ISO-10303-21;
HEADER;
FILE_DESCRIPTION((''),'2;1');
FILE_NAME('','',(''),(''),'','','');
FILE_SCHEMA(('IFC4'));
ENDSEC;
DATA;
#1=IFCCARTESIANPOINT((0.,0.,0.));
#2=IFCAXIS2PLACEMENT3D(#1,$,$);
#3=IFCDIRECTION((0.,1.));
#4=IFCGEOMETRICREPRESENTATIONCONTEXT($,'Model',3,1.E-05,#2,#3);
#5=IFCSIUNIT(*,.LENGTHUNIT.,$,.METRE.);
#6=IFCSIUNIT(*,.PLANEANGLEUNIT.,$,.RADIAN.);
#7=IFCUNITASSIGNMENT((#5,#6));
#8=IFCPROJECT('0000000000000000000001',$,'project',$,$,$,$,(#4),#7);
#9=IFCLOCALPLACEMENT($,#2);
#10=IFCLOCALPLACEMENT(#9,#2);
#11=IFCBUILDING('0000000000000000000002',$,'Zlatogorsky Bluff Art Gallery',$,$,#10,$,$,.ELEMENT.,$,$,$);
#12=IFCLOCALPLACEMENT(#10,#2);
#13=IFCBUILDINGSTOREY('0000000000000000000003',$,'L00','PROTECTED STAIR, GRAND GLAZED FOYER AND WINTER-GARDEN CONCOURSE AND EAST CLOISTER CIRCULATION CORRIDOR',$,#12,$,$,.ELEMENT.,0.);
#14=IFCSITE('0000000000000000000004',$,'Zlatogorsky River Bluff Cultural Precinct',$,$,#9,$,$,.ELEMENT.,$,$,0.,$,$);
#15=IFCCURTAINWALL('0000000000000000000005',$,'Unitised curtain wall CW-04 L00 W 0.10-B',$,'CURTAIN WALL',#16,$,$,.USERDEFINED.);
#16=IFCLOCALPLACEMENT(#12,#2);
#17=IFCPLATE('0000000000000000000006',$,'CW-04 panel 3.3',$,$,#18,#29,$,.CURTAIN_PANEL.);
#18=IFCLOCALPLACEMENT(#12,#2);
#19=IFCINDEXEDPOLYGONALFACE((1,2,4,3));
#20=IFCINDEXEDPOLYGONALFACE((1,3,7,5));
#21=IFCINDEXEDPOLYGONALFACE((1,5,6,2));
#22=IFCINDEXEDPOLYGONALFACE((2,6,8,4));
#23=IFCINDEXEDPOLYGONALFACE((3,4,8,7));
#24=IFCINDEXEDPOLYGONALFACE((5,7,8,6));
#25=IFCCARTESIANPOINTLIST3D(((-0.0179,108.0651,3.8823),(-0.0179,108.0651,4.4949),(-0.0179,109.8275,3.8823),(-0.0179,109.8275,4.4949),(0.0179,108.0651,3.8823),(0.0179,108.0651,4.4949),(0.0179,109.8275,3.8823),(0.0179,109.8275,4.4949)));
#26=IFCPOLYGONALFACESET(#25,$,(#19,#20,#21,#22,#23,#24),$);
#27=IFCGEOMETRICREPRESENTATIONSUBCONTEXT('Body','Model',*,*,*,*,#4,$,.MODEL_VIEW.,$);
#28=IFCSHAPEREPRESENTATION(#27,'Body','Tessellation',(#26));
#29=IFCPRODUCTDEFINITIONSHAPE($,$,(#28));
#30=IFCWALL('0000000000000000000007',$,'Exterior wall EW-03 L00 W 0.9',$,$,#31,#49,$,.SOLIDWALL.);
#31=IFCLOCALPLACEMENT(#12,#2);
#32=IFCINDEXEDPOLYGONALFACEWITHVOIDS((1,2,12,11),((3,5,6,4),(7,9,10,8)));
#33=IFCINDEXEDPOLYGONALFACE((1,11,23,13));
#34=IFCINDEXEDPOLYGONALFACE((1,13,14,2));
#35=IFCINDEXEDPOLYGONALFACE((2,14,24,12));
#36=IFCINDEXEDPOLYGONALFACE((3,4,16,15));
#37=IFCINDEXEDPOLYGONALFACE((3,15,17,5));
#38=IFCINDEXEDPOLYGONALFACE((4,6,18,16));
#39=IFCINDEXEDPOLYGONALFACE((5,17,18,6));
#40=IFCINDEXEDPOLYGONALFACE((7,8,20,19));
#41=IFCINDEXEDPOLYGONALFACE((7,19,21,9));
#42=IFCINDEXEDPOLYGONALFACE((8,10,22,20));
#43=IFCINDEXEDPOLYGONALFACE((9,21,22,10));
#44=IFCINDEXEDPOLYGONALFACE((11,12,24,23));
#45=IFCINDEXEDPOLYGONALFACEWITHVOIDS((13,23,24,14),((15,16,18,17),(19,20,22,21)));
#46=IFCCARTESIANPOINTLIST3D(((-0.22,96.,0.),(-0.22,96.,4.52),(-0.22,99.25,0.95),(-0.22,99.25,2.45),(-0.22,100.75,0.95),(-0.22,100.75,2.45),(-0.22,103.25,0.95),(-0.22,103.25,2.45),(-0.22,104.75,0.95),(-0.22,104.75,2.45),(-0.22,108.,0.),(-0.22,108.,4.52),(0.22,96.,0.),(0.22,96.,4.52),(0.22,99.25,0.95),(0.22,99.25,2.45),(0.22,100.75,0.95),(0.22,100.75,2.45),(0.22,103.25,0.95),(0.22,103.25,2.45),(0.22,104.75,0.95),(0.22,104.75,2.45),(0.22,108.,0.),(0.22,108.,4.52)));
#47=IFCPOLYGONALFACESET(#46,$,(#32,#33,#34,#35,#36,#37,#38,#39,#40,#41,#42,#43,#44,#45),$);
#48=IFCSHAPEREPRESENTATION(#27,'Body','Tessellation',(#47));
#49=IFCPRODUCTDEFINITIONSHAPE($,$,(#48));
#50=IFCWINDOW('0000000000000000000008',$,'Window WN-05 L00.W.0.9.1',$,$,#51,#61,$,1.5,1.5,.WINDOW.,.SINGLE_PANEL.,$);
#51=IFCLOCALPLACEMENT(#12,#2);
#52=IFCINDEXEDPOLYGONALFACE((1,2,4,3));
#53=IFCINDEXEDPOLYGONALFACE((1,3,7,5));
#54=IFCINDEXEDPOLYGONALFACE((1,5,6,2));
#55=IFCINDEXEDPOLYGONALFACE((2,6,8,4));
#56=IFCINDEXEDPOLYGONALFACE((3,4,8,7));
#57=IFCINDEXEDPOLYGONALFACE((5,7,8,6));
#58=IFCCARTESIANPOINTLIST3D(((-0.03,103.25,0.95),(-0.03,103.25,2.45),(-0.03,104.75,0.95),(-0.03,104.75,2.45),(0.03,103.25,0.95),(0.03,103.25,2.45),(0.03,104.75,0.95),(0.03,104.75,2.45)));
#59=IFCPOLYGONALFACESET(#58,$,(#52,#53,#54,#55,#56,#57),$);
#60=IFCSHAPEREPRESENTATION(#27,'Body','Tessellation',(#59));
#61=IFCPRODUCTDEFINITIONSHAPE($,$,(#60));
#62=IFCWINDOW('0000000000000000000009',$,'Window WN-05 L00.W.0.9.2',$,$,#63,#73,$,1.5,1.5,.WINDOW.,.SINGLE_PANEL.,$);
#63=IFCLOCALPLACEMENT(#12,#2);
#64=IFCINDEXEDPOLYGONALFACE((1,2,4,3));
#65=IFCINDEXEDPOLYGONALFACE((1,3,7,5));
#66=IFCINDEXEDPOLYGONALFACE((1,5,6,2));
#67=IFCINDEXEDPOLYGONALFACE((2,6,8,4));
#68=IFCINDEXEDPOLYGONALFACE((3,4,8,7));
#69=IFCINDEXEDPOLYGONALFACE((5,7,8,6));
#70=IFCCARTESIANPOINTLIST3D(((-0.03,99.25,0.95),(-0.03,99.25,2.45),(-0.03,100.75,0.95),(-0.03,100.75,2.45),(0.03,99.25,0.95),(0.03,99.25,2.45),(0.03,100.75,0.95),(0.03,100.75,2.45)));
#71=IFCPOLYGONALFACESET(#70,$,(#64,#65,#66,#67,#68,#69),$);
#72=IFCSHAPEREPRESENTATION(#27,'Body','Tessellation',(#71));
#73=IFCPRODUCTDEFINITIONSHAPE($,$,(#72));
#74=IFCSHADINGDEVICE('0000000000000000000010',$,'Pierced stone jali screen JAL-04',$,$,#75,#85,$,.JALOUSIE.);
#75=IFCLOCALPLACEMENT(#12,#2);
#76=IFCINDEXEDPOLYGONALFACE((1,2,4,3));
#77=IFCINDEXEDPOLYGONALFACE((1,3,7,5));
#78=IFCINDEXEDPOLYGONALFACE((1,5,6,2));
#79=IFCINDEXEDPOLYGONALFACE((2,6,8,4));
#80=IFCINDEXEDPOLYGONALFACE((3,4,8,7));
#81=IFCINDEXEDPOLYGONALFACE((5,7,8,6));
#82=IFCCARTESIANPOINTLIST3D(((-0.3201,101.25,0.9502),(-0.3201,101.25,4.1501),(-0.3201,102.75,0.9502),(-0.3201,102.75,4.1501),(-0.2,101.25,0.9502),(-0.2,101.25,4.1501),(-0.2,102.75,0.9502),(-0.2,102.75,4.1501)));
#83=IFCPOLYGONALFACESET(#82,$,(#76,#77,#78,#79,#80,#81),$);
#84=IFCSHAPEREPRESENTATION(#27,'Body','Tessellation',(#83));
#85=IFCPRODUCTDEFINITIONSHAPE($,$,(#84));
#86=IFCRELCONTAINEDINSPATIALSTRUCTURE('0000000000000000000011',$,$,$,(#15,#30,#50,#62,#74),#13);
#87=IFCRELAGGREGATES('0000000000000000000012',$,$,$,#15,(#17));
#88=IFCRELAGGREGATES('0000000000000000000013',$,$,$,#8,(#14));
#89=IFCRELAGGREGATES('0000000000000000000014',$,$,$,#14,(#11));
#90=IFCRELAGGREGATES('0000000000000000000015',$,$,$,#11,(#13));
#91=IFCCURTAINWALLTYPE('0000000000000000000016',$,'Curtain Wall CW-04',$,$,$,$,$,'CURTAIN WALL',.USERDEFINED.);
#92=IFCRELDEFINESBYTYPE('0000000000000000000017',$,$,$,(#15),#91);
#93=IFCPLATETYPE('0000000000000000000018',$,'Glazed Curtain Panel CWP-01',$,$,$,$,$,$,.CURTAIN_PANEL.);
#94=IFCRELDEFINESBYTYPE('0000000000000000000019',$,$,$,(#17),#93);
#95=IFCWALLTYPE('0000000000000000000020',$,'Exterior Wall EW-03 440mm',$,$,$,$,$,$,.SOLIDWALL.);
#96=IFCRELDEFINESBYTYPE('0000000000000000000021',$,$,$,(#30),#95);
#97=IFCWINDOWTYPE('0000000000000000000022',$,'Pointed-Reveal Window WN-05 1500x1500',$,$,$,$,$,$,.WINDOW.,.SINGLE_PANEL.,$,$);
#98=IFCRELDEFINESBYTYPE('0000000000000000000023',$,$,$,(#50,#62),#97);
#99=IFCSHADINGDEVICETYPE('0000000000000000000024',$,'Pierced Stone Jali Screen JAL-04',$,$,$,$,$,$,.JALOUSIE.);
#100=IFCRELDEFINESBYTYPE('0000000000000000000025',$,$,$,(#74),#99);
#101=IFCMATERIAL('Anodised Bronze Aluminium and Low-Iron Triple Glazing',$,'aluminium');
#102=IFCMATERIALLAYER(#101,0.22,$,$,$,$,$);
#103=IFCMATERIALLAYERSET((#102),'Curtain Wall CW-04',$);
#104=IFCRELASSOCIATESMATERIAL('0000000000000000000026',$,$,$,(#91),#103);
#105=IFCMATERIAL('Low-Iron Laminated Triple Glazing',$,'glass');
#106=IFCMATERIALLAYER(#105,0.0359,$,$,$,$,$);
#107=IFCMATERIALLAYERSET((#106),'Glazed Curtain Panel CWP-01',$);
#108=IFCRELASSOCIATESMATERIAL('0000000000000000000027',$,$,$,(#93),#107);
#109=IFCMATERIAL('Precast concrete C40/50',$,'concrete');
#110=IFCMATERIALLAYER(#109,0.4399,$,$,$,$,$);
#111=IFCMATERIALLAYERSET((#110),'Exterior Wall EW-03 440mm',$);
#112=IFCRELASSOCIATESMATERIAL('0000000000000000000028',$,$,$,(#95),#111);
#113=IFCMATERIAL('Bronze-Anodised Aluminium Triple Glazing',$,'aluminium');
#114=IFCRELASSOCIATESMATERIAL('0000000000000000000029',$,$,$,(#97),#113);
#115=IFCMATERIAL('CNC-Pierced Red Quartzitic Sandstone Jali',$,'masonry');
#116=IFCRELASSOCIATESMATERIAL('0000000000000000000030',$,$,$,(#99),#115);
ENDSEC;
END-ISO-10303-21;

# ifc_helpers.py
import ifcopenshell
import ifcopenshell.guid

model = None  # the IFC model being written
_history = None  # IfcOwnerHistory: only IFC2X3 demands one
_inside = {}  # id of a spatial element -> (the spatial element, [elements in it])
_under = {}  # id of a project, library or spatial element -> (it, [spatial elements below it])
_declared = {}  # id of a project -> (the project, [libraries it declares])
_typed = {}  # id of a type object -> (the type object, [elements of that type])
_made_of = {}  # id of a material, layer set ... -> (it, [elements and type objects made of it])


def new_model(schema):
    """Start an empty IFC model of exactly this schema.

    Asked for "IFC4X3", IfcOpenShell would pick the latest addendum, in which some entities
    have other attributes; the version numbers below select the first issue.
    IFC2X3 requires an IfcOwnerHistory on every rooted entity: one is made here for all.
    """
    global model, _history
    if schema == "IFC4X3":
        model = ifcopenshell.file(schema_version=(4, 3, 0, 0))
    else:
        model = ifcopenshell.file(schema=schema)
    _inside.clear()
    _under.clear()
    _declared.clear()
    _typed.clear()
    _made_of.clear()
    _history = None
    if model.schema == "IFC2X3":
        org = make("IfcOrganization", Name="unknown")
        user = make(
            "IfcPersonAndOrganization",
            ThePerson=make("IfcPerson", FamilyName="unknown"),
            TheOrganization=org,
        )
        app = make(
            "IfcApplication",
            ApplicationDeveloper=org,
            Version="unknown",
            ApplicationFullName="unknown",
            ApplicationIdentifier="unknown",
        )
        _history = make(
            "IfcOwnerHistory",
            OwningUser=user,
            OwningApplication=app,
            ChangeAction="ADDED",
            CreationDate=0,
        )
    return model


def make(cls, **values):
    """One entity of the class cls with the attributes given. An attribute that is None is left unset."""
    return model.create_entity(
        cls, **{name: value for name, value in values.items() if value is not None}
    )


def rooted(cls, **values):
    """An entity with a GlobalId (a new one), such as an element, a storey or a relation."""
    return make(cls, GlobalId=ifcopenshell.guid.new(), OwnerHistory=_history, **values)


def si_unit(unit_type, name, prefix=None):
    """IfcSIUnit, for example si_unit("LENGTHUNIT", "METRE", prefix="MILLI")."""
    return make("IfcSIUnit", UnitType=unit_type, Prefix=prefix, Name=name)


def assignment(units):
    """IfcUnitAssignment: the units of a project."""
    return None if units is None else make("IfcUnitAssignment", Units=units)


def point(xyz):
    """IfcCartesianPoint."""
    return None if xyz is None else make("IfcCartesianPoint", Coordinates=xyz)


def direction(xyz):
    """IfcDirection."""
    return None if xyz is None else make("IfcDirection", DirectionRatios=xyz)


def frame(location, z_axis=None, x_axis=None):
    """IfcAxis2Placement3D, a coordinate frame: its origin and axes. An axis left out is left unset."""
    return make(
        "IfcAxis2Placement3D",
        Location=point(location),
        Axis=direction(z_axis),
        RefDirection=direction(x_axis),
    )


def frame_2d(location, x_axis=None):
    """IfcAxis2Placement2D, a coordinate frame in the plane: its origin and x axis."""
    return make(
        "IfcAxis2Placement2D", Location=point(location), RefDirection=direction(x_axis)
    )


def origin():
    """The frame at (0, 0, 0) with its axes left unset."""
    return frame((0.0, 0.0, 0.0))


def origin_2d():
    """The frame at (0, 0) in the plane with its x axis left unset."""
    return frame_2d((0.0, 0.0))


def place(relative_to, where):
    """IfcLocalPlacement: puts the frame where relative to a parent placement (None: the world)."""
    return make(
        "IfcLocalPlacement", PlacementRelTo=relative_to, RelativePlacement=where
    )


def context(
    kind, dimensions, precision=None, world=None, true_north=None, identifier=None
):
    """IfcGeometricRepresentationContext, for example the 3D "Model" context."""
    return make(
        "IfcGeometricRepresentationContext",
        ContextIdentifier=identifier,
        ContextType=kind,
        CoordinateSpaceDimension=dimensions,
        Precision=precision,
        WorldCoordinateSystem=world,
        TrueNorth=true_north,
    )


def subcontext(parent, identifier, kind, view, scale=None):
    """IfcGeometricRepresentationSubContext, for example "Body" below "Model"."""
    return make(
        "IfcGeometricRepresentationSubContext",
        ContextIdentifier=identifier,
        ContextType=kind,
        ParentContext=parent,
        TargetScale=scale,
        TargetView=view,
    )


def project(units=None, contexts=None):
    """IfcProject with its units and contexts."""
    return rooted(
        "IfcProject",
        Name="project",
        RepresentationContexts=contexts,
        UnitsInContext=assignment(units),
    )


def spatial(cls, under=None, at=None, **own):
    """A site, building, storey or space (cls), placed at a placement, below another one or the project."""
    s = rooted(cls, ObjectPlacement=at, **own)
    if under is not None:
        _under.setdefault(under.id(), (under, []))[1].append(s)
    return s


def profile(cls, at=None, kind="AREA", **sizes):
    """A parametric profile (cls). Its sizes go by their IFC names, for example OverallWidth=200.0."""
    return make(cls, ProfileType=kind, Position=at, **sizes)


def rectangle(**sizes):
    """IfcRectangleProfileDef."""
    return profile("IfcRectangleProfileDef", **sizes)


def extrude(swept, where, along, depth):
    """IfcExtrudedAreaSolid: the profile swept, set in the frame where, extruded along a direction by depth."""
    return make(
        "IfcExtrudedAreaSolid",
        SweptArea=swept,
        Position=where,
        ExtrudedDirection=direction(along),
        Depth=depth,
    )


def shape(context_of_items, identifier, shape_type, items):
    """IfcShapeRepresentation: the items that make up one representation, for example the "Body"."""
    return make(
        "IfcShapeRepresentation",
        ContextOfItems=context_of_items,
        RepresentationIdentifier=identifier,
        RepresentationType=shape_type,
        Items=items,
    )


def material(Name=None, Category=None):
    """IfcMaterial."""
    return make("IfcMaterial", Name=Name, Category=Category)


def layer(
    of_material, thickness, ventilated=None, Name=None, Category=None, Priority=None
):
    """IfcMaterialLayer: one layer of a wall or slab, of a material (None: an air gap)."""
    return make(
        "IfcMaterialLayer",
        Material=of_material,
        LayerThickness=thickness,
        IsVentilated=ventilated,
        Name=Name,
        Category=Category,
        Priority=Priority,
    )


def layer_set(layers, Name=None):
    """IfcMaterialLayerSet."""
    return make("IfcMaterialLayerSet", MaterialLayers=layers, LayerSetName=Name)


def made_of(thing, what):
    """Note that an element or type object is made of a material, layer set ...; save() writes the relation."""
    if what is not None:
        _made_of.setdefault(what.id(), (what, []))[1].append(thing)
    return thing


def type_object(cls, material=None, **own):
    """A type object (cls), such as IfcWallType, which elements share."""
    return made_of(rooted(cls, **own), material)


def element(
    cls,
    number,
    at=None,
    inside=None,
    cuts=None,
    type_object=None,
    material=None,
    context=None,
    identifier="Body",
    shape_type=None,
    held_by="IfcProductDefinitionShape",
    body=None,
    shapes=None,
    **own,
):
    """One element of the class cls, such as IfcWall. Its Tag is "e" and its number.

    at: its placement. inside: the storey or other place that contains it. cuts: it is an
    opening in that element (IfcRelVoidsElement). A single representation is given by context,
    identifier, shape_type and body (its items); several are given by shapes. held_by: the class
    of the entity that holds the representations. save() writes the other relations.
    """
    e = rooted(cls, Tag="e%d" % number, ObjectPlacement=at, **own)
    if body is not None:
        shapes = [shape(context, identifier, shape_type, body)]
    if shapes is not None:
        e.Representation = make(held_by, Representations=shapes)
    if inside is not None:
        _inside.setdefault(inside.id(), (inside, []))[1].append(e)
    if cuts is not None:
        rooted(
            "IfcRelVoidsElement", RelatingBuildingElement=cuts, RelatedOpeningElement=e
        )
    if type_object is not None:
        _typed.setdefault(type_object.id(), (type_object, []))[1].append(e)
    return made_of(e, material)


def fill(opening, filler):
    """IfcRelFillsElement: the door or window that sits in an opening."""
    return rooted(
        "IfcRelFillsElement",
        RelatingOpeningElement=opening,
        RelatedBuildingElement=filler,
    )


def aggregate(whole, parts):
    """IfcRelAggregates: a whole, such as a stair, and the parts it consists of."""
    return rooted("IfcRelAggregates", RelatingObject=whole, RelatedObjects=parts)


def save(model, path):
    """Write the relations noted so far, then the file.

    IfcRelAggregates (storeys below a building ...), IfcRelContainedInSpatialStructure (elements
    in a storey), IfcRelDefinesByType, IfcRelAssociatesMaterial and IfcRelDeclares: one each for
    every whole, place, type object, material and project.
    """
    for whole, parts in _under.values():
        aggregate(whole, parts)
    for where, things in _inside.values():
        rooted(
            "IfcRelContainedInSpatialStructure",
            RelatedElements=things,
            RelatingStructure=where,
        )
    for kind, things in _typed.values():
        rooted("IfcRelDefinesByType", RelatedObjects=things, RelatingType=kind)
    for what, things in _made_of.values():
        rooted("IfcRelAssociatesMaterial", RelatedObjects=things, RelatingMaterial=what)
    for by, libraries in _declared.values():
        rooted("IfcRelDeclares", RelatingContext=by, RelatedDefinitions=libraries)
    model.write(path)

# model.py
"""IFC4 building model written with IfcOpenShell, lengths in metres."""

from ifc_helpers import new_model, si_unit, direction, frame, frame_2d, origin, origin_2d, place, context, subcontext, project, spatial, rectangle, extrude, material, layer, layer_set, type_object, element, fill, aggregate, save


model = new_model("IFC4")

# Units and contexts
model_context = context("Model", 3, precision=1e-05, world=origin(), true_north=direction((0.0, 1.0)))
body_context = subcontext(model_context, "Body", "Model", "MODEL_VIEW")
ifc_project = project(units=[si_unit("LENGTHUNIT", "METRE"), si_unit("PLANEANGLEUNIT", "RADIAN")], contexts=[model_context])

# Site, building, storey
site_placement = place(None, origin())
site = spatial("IfcSite", under=ifc_project, at=site_placement, Name="Zlatogorsky River Bluff Cultural Precinct", CompositionType="ELEMENT", RefElevation=0.0)
building_placement = place(site_placement, origin())
building = spatial("IfcBuilding", under=site, at=building_placement, Name="Zlatogorsky Bluff Art Gallery", CompositionType="ELEMENT")
storey_placement = place(building_placement, origin())
storey = spatial("IfcBuildingStorey", under=building, at=storey_placement, Name="L00", Description="PROTECTED STAIR, GRAND GLAZED FOYER AND WINTER-GARDEN CONCOURSE AND EAST CLOISTER CIRCULATION CORRIDOR", CompositionType="ELEMENT", Elevation=0.0)

# Curtain wall
ifc_material_1 = material(Name="Anodised Bronze Aluminium and Low-Iron Triple Glazing", Category="aluminium")
ifc_layer_1 = layer(ifc_material_1, 0.22)
ifc_layer_set_1 = layer_set([ifc_layer_1], Name="Curtain Wall CW-04")
curtain_wall_type = type_object("IfcCurtainWallType", Name="Curtain Wall CW-04", ElementType="CURTAIN WALL", PredefinedType="USERDEFINED", material=ifc_layer_set_1)
curtain_wall_1_placement = place(storey_placement, origin())
curtain_wall_1 = element("IfcCurtainWall", 1, at=curtain_wall_1_placement, inside=storey, type_object=curtain_wall_type, Name="Unitised curtain wall CW-04 L00 W 0.10-B", ObjectType="CURTAIN WALL", PredefinedType="USERDEFINED")

# Plate
ifc_material_2 = material(Name="Low-Iron Laminated Triple Glazing", Category="glass")
ifc_layer_2 = layer(ifc_material_2, 0.0359)
ifc_layer_set_2 = layer_set([ifc_layer_2], Name="Glazed Curtain Panel CWP-01")
plate_type = type_object("IfcPlateType", Name="Glazed Curtain Panel CWP-01", PredefinedType="CURTAIN_PANEL", material=ifc_layer_set_2)
plate_1_placement = place(storey_placement, frame((0.0, 108.9463, 3.8823), z_axis=(0.0, 0.0, 1.0), x_axis=(0.0, -1.0, 0.0)))
plate_1 = element("IfcPlate", 2, at=plate_1_placement, type_object=plate_type, Name="CW-04 panel 3.3", PredefinedType="CURTAIN_PANEL", context=body_context, shape_type="SweptSolid", body=[
    extrude(rectangle(XDim=1.7625, YDim=0.0359, at=origin_2d()), origin(), (0.0, 0.0, 1.0), 0.6125),
])
aggregate(curtain_wall_1, [plate_1])

# Wall, openings, windows
ifc_material_3 = material(Name="Precast concrete C40/50", Category="concrete")
ifc_layer_3 = layer(ifc_material_3, 0.4399)
ifc_layer_set_3 = layer_set([ifc_layer_3], Name="Exterior Wall EW-03 440mm")
wall_type = type_object("IfcWallType", Name="Exterior Wall EW-03 440mm", PredefinedType="SOLIDWALL", material=ifc_layer_set_3)
wall_placement = place(storey_placement, frame((0.0, 108.0, 0.0), z_axis=(0.0, 0.0, 1.0), x_axis=(0.0, -1.0, 0.0)))
wall = element("IfcWall", 3, at=wall_placement, inside=storey, type_object=wall_type, Name="Exterior wall EW-03 L00 W 0.9", PredefinedType="SOLIDWALL", context=body_context, shape_type="SweptSolid", body=[
    extrude(rectangle(XDim=12.0, YDim=0.4399, at=frame_2d((6.0, 0.0))), origin(), (0.0, 0.0, 1.0), 4.52),
])
opening_1_placement = place(wall_placement, frame((3.25, 0.0, 0.95)))
opening_1 = element("IfcOpeningElement", 4, at=opening_1_placement, cuts=wall, PredefinedType="OPENING", context=body_context, shape_type="SweptSolid", body=[
    extrude(rectangle(XDim=1.5, YDim=1.5, at=frame_2d((0.75, 0.75))), frame((0.0, 0.23, 0.0), z_axis=(0.0, -1.0, 0.0), x_axis=(1.0, 0.0, 0.0)), (0.0, 0.0, 1.0), 0.46),
])
opening_2_placement = place(wall_placement, frame((7.25, 0.0, 0.95)))
opening_2 = element("IfcOpeningElement", 5, at=opening_2_placement, cuts=wall, PredefinedType="OPENING", context=body_context, shape_type="SweptSolid", body=[
    extrude(rectangle(XDim=1.5, YDim=1.5, at=frame_2d((0.75, 0.75))), frame((0.0, 0.23, 0.0), z_axis=(0.0, -1.0, 0.0), x_axis=(1.0, 0.0, 0.0)), (0.0, 0.0, 1.0), 0.46),
])
ifc_material_4 = material(Name="Bronze-Anodised Aluminium Triple Glazing", Category="aluminium")
window_type = type_object("IfcWindowType", Name="Pointed-Reveal Window WN-05 1500x1500", PartitioningType="SINGLE_PANEL", PredefinedType="WINDOW", material=ifc_material_4)
window_1_placement = place(opening_1_placement, origin())
window_1 = element("IfcWindow", 6, at=window_1_placement, inside=storey, type_object=window_type, Name="Window WN-05 L00.W.0.9.1", OverallHeight=1.5, OverallWidth=1.5, PartitioningType="SINGLE_PANEL", PredefinedType="WINDOW", context=body_context, shape_type="SweptSolid", body=[
    extrude(rectangle(XDim=1.5, YDim=1.5, at=frame_2d((0.75, 0.75))), frame((0.0, 0.03, 0.0), z_axis=(0.0, -1.0, 0.0), x_axis=(1.0, 0.0, 0.0)), (0.0, 0.0, 1.0), 0.0601),
])
fill(opening_1, window_1)
window_2_placement = place(opening_2_placement, origin())
window_2 = element("IfcWindow", 7, at=window_2_placement, inside=storey, type_object=window_type, Name="Window WN-05 L00.W.0.9.2", OverallHeight=1.5, OverallWidth=1.5, PartitioningType="SINGLE_PANEL", PredefinedType="WINDOW", context=body_context, shape_type="SweptSolid", body=[
    extrude(rectangle(XDim=1.5, YDim=1.5, at=frame_2d((0.75, 0.75))), frame((0.0, 0.03, 0.0), z_axis=(0.0, -1.0, 0.0), x_axis=(1.0, 0.0, 0.0)), (0.0, 0.0, 1.0), 0.0601),
])
fill(opening_2, window_2)

# Shading device
ifc_material_5 = material(Name="CNC-Pierced Red Quartzitic Sandstone Jali", Category="masonry")
shading_device_type = type_object("IfcShadingDeviceType", Name="Pierced Stone Jali Screen JAL-04", PredefinedType="JALOUSIE", material=ifc_material_5)
shading_device_placement = place(storey_placement, frame((-0.26, 102.0, 0.9502), z_axis=(0.0, 0.0, 1.0), x_axis=(1.0, 0.0, 0.0)))
element("IfcShadingDevice", 8, at=shading_device_placement, inside=storey, type_object=shading_device_type, Name="Pierced stone jali screen JAL-04", PredefinedType="JALOUSIE", context=body_context, shape_type="SweptSolid", body=[
    extrude(rectangle(XDim=0.1201, YDim=1.5, at=origin_2d()), origin(), (0.0, 0.0, 1.0), 3.2),
])

save(model, "model.ifc")
